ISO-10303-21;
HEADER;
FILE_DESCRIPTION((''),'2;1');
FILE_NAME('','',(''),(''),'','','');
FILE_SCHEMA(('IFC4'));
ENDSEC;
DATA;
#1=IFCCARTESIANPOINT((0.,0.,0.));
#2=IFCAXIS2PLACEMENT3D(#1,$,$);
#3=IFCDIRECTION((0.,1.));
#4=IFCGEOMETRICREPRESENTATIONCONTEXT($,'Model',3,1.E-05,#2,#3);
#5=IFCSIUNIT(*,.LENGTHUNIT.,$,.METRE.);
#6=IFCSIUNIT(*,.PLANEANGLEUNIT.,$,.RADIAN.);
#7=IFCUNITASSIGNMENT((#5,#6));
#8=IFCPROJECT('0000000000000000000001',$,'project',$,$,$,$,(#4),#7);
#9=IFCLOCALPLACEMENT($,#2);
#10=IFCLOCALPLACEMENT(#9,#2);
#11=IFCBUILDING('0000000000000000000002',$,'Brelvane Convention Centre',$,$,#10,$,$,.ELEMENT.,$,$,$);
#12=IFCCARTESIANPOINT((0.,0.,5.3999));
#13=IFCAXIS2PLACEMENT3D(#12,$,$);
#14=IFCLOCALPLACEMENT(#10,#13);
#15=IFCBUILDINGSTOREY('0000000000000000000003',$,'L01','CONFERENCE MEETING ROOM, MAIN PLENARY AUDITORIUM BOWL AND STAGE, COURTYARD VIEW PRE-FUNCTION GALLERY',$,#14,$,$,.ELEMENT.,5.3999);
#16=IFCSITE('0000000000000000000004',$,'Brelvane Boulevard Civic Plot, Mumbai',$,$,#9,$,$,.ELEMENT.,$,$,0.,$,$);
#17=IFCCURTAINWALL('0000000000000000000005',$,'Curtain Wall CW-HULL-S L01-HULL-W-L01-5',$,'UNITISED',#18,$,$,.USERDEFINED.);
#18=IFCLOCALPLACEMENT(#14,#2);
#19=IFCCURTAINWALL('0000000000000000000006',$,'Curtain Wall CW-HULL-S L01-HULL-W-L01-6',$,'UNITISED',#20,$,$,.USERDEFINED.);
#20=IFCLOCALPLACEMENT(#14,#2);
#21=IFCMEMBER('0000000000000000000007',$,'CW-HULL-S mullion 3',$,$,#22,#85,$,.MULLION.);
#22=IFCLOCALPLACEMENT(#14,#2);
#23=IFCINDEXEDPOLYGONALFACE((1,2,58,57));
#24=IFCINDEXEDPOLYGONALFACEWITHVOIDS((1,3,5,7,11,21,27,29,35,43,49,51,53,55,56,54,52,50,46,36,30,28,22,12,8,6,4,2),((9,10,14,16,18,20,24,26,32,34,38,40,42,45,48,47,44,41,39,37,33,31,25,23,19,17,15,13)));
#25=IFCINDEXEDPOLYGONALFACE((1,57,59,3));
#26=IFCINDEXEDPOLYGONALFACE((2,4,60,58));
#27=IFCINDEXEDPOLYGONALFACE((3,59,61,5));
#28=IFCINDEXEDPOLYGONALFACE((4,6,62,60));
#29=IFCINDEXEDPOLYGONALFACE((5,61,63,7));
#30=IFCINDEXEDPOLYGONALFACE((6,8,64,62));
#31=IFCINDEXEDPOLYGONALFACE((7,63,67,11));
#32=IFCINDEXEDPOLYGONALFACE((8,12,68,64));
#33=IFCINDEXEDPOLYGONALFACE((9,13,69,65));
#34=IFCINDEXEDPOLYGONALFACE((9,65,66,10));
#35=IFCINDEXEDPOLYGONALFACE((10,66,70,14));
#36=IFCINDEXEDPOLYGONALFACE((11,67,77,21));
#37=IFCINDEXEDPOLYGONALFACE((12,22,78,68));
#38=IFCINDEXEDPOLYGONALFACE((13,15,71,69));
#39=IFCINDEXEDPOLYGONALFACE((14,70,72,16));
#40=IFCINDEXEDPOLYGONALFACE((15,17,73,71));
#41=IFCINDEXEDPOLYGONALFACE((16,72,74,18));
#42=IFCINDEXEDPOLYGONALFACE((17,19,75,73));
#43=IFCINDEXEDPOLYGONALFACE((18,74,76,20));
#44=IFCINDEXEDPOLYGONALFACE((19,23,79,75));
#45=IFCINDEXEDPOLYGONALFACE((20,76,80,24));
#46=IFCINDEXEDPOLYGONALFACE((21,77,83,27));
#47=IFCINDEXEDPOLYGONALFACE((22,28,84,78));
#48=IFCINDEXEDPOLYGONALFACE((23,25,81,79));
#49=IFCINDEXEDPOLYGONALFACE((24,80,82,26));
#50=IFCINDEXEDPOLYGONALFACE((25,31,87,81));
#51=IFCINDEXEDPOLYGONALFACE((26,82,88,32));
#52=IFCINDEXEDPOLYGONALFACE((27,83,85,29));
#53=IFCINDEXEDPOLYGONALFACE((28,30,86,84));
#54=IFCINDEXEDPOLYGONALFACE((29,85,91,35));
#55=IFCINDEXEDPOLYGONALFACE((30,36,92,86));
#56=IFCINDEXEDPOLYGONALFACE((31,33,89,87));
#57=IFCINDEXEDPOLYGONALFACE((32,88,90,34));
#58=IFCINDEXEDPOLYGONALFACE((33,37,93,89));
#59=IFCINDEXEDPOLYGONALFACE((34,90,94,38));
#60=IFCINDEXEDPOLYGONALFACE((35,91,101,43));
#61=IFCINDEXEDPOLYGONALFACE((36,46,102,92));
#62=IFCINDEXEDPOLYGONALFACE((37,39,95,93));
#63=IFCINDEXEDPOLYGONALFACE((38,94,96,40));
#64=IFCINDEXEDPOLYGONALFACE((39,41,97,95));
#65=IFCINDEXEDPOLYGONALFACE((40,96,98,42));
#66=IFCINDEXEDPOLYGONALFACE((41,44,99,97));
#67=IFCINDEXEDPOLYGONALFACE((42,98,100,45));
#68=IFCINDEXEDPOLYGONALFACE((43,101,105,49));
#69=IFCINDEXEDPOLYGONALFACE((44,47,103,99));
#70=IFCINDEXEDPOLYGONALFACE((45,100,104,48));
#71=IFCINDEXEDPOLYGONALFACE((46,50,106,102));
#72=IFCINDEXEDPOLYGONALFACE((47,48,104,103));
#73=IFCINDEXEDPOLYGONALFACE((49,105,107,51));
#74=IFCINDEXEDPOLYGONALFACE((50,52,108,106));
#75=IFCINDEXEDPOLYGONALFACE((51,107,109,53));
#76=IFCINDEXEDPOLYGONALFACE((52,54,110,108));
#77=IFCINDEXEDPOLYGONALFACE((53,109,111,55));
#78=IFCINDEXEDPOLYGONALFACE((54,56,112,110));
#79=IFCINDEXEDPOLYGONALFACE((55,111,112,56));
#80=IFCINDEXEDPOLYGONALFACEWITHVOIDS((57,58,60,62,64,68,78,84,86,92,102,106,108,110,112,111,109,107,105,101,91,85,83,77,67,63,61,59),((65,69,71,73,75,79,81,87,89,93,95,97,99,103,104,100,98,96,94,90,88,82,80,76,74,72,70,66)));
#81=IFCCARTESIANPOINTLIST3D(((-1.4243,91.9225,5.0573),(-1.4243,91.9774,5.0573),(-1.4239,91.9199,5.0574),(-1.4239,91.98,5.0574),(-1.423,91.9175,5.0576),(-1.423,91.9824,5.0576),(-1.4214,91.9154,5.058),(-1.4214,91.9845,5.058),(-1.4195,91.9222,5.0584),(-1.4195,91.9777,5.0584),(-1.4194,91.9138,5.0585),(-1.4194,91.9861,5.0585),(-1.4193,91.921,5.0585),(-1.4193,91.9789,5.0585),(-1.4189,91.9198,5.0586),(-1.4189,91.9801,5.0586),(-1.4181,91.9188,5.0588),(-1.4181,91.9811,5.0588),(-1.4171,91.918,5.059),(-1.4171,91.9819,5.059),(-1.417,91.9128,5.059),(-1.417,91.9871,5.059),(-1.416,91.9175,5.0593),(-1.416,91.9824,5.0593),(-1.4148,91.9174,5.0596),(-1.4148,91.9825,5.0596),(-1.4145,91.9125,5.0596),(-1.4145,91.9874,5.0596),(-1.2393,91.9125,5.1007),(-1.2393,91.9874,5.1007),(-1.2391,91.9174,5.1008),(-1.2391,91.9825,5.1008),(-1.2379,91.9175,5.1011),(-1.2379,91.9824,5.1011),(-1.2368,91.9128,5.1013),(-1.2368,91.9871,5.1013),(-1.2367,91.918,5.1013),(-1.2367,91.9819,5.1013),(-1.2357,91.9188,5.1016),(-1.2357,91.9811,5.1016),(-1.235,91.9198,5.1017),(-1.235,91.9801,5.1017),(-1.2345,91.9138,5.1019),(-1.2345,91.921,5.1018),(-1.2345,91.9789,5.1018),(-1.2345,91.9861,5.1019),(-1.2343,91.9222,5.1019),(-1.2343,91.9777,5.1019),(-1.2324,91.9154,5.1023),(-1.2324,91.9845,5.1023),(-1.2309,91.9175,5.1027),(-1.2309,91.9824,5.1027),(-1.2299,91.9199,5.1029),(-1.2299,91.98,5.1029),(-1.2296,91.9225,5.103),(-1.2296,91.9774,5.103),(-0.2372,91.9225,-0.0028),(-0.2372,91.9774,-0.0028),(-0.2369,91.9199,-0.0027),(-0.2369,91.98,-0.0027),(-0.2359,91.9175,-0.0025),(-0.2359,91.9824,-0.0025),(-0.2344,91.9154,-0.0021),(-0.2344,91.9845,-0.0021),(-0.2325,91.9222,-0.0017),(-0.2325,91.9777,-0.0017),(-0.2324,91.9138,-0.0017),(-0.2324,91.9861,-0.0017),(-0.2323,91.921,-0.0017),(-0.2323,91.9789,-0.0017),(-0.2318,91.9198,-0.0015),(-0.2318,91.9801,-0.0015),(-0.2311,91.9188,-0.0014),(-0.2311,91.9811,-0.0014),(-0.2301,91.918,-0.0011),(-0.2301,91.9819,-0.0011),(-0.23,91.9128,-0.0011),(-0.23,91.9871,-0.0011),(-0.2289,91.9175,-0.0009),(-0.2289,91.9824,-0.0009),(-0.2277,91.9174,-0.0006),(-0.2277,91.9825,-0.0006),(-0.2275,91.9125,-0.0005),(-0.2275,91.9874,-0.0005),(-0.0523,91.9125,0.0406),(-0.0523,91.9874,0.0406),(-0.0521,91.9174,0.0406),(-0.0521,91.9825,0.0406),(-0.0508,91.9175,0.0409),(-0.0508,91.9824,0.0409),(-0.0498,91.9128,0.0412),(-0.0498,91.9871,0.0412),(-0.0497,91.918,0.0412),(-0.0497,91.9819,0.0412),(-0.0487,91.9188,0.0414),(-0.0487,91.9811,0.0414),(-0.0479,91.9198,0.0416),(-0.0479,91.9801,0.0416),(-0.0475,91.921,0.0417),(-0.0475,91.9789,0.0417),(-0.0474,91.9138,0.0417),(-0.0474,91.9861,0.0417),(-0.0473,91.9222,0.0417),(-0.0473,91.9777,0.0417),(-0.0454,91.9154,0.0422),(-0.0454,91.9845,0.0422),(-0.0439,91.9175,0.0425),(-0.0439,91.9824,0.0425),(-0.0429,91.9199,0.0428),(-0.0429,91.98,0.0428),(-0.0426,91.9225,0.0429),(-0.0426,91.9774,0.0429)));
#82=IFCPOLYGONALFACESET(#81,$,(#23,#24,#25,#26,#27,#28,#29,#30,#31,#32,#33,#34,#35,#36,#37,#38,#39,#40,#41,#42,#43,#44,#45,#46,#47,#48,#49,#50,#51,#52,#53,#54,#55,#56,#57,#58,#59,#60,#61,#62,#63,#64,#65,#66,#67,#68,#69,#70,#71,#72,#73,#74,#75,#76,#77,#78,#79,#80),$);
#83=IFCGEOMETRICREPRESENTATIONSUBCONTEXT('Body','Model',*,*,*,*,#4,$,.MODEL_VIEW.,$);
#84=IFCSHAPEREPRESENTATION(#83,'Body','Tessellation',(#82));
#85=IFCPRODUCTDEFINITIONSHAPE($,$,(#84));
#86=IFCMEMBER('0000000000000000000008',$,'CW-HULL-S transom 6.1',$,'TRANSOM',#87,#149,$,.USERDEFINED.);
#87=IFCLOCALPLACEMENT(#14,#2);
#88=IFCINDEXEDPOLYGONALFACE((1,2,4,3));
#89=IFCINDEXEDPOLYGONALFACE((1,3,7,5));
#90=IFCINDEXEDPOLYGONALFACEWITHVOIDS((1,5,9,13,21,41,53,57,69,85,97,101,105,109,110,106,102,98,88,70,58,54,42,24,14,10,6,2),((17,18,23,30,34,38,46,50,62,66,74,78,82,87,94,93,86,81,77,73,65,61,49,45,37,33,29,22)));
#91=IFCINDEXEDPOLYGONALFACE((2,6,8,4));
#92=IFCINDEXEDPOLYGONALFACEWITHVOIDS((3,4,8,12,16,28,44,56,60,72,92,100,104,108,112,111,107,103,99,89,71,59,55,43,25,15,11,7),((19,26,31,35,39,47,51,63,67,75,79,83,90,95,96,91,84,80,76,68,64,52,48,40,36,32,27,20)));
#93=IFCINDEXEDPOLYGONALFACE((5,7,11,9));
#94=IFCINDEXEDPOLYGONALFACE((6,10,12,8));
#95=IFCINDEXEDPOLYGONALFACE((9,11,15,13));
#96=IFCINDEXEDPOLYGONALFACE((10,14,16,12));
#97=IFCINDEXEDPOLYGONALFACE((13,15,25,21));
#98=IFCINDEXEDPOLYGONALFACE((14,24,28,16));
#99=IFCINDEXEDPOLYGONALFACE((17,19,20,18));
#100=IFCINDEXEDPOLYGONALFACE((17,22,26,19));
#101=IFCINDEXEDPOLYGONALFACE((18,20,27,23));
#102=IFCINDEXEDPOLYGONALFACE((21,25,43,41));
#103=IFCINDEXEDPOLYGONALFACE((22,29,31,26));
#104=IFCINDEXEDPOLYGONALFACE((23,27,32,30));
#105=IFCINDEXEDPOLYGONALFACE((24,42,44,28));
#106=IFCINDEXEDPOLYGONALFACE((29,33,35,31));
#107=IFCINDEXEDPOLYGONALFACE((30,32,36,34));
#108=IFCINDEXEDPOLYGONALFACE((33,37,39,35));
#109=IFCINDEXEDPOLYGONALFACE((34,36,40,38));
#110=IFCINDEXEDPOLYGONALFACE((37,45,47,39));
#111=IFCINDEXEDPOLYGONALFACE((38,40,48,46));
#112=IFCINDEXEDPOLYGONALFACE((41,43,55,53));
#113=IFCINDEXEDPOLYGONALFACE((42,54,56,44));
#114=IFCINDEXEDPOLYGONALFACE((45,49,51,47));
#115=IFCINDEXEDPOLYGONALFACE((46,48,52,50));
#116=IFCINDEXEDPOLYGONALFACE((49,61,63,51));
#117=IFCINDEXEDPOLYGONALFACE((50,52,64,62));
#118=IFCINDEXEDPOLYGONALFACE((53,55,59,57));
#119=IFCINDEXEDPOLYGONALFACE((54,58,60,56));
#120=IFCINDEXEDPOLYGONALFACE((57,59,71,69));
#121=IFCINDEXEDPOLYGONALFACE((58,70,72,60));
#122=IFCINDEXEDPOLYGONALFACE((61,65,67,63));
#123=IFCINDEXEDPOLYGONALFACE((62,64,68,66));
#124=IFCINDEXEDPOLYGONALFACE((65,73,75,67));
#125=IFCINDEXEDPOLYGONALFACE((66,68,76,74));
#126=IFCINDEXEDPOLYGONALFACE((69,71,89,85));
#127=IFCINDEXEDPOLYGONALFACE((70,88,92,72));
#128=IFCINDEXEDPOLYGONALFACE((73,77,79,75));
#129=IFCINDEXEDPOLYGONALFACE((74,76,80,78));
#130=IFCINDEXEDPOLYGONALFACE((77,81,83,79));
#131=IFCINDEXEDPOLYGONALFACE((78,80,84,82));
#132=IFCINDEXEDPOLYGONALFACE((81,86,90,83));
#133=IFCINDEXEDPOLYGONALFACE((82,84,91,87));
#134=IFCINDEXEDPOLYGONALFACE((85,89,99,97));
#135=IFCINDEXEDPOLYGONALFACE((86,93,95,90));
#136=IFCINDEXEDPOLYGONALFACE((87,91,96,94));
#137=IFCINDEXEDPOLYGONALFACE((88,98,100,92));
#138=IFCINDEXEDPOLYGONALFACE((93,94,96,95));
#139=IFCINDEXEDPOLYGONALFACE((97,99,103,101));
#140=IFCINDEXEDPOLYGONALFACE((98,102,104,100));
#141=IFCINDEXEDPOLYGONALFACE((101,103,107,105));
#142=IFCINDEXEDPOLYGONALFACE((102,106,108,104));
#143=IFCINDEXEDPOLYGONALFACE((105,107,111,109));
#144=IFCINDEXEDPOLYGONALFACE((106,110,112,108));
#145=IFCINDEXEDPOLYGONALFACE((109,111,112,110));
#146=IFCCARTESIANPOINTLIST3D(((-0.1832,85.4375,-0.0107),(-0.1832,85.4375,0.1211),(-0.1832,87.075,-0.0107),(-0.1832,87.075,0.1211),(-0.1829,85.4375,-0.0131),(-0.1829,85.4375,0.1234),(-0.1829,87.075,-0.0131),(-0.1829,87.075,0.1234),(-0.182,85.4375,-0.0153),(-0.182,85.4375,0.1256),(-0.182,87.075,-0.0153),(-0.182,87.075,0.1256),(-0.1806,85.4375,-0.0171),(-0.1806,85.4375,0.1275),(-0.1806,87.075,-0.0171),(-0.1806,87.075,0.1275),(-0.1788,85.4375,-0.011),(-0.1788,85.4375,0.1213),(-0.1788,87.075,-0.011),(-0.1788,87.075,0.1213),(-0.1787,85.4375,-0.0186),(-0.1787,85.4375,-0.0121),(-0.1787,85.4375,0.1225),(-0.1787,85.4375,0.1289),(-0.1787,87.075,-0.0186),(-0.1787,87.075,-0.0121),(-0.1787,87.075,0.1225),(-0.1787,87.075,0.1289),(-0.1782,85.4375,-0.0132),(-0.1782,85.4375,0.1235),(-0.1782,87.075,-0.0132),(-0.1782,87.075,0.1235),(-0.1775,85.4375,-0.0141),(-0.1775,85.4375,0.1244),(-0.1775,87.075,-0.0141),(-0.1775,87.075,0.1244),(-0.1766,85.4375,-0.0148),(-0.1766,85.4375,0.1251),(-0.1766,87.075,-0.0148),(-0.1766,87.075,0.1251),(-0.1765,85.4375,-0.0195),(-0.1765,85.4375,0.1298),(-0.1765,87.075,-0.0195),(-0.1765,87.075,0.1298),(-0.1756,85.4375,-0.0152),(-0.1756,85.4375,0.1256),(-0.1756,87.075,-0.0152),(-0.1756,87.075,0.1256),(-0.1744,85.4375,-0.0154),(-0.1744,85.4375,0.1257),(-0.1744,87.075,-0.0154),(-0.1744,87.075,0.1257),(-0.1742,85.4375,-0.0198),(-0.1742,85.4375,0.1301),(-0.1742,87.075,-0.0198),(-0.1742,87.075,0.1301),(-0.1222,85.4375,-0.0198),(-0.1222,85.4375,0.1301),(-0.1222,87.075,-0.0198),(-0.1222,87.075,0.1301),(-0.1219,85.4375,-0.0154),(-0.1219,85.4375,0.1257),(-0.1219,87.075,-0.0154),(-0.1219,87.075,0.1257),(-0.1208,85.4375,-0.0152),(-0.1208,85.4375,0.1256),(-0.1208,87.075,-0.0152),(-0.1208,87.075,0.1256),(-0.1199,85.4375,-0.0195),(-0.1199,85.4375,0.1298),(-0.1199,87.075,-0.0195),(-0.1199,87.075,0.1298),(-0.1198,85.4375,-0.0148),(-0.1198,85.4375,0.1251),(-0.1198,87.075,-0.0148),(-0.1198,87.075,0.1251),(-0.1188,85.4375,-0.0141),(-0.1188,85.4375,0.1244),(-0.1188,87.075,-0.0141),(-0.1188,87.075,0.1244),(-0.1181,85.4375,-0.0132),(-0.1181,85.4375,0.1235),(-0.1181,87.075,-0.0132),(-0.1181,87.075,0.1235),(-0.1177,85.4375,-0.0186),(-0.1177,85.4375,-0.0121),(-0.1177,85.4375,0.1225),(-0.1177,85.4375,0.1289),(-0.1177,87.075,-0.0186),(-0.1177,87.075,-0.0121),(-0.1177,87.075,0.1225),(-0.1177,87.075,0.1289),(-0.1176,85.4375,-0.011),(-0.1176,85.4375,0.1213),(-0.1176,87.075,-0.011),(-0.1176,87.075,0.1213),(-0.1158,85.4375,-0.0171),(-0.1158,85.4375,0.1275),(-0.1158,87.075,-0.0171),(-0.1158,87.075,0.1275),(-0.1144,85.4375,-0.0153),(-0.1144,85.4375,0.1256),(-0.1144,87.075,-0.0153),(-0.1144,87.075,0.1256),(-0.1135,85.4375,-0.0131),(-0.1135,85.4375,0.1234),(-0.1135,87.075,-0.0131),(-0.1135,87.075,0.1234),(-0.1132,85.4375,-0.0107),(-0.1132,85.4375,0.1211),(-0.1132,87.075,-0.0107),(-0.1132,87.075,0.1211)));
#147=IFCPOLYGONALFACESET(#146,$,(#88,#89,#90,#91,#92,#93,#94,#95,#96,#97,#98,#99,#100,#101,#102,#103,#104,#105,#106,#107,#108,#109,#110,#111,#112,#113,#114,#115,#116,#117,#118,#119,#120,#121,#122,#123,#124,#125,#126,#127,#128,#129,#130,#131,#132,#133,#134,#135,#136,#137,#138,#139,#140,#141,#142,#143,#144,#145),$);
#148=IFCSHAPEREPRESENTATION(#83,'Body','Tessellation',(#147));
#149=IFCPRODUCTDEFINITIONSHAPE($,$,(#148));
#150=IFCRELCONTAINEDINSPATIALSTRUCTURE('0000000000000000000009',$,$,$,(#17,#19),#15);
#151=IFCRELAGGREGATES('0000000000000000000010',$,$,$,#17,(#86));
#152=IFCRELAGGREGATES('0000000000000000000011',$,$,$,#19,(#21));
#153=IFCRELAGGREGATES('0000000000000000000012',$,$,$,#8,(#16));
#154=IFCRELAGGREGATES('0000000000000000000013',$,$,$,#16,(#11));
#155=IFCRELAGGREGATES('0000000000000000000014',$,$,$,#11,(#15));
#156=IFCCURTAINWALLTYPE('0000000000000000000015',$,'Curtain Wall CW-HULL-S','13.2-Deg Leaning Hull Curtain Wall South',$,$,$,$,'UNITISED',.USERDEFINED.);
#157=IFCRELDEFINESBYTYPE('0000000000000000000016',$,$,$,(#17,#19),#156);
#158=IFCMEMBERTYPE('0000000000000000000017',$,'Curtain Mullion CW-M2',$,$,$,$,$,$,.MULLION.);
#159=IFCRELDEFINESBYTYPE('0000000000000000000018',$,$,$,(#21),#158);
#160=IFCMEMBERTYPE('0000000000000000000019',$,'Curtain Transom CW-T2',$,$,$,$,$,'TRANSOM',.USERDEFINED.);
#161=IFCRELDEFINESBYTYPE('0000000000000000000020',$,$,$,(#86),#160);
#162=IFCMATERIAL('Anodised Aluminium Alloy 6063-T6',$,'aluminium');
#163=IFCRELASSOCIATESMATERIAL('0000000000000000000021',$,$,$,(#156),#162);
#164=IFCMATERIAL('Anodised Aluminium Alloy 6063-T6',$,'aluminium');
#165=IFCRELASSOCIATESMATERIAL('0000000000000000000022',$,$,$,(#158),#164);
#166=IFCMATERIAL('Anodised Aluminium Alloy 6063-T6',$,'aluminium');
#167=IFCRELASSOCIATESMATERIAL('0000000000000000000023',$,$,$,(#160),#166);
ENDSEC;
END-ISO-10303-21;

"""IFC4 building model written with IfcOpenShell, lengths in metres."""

from ifc_helpers import new_model, si_unit, direction, frame, origin, origin_2d, place, context, subcontext, project, spatial, hollow_rectangle, extrude, material, material_profile, profile_set, type_object, element, aggregate, save


model = new_model("IFC4")

# Units and contexts
model_context = context("Model", 3, precision=1e-05, world=origin(), true_north=direction((0.0, 1.0)))
body_context = subcontext(model_context, "Body", "Model", "MODEL_VIEW")
ifc_project = project(units=[si_unit("LENGTHUNIT", "METRE"), si_unit("PLANEANGLEUNIT", "RADIAN")], contexts=[model_context])

# Site, building, storey
site_placement = place(None, origin())
site = spatial("IfcSite", under=ifc_project, at=site_placement, Name="Brelvane Boulevard Civic Plot, Mumbai", CompositionType="ELEMENT", RefElevation=0.0)
building_placement = place(site_placement, origin())
building = spatial("IfcBuilding", under=site, at=building_placement, Name="Brelvane Convention Centre", CompositionType="ELEMENT")
storey_placement = place(building_placement, frame((0.0, 0.0, 5.3999)))
storey = spatial("IfcBuildingStorey", under=building, at=storey_placement, Name="L01", Description="CONFERENCE MEETING ROOM, MAIN PLENARY AUDITORIUM BOWL AND STAGE, COURTYARD VIEW PRE-FUNCTION GALLERY", CompositionType="ELEMENT", Elevation=5.3999)

# Curtain wall
ifc_material_1 = material(Name="Anodised Aluminium Alloy 6063-T6", Category="aluminium")
curtain_wall_type = type_object("IfcCurtainWallType", Name="Curtain Wall CW-HULL-S", Description="13.2-Deg Leaning Hull Curtain Wall South", ElementType="UNITISED", PredefinedType="USERDEFINED", material=ifc_material_1)
curtain_wall_1_placement = place(storey_placement, origin())
curtain_wall_1 = element("IfcCurtainWall", 1, at=curtain_wall_1_placement, inside=storey, type_object=curtain_wall_type, Name="Curtain Wall CW-HULL-S L01-HULL-W-L01-5", ObjectType="UNITISED", PredefinedType="USERDEFINED")
ifc_material_2 = material(Name="Anodised Aluminium Alloy 6063-T6", Category="aluminium")
ifc_material_profile_1 = material_profile(ifc_material_2, hollow_rectangle(XDim=0.075, YDim=0.2, WallThickness=0.0049, InnerFilletRadius=0.0049, OuterFilletRadius=0.01, at=origin_2d()), Name="ALU-M 200x75x5.0")
ifc_profile_set_1 = profile_set([ifc_material_profile_1], Name="Anodised Aluminium Alloy 6063-T6")
member_type_1 = type_object("IfcMemberType", Name="Curtain Mullion CW-M2", PredefinedType="MULLION", material=ifc_profile_set_1)

# Curtain wall, member
curtain_wall_2_placement = place(storey_placement, origin())
curtain_wall_2 = element("IfcCurtainWall", 2, at=curtain_wall_2_placement, inside=storey, type_object=curtain_wall_type, Name="Curtain Wall CW-HULL-S L01-HULL-W-L01-6", ObjectType="UNITISED", PredefinedType="USERDEFINED")
member_1_placement = place(storey_placement, frame((-0.1399, 91.95, 0.02), z_axis=(-0.228385, 0.0, 0.973571), x_axis=(0.0, -1.0, 0.0)))
member_1 = element("IfcMember", 3, at=member_1_placement, type_object=member_type_1, Name="CW-HULL-S mullion 3", PredefinedType="MULLION", context=body_context, shape_type="SweptSolid", body=[
    extrude(hollow_rectangle(XDim=0.075, YDim=0.2, WallThickness=0.0049, InnerFilletRadius=0.0049, OuterFilletRadius=0.01, at=origin_2d()), origin(), (0.0, 0.0, 1.0), 5.1975),
])

# Member
ifc_material_3 = material(Name="Anodised Aluminium Alloy 6063-T6", Category="aluminium")
ifc_material_profile_2 = material_profile(ifc_material_3, hollow_rectangle(XDim=0.0701, YDim=0.1499, WallThickness=0.0044, InnerFilletRadius=0.0044, OuterFilletRadius=0.009, at=origin_2d()), Name="ALU-T 150x70x4.5")
ifc_profile_set_2 = profile_set([ifc_material_profile_2], Name="Anodised Aluminium Alloy 6063-T6")
member_type_2 = type_object("IfcMemberType", Name="Curtain Transom CW-T2", ElementType="TRANSOM", PredefinedType="USERDEFINED", material=ifc_profile_set_2)
member_2_placement = place(storey_placement, frame((-0.1482, 85.4375, 0.0552), z_axis=(0.0, 1.0, 0.0), x_axis=(-1.0, 0.0, 0.0)))
member_2 = element("IfcMember", 4, at=member_2_placement, type_object=member_type_2, Name="CW-HULL-S transom 6.1", ObjectType="TRANSOM", PredefinedType="USERDEFINED", context=body_context, shape_type="SweptSolid", body=[
    extrude(hollow_rectangle(XDim=0.0701, YDim=0.1499, WallThickness=0.0044, InnerFilletRadius=0.0044, OuterFilletRadius=0.009, at=origin_2d()), origin(), (0.0, 0.0, 1.0), 1.6375),
])
aggregate(curtain_wall_1, [member_2])

aggregate(curtain_wall_2, [member_1])

save(model, "model.ifc")
